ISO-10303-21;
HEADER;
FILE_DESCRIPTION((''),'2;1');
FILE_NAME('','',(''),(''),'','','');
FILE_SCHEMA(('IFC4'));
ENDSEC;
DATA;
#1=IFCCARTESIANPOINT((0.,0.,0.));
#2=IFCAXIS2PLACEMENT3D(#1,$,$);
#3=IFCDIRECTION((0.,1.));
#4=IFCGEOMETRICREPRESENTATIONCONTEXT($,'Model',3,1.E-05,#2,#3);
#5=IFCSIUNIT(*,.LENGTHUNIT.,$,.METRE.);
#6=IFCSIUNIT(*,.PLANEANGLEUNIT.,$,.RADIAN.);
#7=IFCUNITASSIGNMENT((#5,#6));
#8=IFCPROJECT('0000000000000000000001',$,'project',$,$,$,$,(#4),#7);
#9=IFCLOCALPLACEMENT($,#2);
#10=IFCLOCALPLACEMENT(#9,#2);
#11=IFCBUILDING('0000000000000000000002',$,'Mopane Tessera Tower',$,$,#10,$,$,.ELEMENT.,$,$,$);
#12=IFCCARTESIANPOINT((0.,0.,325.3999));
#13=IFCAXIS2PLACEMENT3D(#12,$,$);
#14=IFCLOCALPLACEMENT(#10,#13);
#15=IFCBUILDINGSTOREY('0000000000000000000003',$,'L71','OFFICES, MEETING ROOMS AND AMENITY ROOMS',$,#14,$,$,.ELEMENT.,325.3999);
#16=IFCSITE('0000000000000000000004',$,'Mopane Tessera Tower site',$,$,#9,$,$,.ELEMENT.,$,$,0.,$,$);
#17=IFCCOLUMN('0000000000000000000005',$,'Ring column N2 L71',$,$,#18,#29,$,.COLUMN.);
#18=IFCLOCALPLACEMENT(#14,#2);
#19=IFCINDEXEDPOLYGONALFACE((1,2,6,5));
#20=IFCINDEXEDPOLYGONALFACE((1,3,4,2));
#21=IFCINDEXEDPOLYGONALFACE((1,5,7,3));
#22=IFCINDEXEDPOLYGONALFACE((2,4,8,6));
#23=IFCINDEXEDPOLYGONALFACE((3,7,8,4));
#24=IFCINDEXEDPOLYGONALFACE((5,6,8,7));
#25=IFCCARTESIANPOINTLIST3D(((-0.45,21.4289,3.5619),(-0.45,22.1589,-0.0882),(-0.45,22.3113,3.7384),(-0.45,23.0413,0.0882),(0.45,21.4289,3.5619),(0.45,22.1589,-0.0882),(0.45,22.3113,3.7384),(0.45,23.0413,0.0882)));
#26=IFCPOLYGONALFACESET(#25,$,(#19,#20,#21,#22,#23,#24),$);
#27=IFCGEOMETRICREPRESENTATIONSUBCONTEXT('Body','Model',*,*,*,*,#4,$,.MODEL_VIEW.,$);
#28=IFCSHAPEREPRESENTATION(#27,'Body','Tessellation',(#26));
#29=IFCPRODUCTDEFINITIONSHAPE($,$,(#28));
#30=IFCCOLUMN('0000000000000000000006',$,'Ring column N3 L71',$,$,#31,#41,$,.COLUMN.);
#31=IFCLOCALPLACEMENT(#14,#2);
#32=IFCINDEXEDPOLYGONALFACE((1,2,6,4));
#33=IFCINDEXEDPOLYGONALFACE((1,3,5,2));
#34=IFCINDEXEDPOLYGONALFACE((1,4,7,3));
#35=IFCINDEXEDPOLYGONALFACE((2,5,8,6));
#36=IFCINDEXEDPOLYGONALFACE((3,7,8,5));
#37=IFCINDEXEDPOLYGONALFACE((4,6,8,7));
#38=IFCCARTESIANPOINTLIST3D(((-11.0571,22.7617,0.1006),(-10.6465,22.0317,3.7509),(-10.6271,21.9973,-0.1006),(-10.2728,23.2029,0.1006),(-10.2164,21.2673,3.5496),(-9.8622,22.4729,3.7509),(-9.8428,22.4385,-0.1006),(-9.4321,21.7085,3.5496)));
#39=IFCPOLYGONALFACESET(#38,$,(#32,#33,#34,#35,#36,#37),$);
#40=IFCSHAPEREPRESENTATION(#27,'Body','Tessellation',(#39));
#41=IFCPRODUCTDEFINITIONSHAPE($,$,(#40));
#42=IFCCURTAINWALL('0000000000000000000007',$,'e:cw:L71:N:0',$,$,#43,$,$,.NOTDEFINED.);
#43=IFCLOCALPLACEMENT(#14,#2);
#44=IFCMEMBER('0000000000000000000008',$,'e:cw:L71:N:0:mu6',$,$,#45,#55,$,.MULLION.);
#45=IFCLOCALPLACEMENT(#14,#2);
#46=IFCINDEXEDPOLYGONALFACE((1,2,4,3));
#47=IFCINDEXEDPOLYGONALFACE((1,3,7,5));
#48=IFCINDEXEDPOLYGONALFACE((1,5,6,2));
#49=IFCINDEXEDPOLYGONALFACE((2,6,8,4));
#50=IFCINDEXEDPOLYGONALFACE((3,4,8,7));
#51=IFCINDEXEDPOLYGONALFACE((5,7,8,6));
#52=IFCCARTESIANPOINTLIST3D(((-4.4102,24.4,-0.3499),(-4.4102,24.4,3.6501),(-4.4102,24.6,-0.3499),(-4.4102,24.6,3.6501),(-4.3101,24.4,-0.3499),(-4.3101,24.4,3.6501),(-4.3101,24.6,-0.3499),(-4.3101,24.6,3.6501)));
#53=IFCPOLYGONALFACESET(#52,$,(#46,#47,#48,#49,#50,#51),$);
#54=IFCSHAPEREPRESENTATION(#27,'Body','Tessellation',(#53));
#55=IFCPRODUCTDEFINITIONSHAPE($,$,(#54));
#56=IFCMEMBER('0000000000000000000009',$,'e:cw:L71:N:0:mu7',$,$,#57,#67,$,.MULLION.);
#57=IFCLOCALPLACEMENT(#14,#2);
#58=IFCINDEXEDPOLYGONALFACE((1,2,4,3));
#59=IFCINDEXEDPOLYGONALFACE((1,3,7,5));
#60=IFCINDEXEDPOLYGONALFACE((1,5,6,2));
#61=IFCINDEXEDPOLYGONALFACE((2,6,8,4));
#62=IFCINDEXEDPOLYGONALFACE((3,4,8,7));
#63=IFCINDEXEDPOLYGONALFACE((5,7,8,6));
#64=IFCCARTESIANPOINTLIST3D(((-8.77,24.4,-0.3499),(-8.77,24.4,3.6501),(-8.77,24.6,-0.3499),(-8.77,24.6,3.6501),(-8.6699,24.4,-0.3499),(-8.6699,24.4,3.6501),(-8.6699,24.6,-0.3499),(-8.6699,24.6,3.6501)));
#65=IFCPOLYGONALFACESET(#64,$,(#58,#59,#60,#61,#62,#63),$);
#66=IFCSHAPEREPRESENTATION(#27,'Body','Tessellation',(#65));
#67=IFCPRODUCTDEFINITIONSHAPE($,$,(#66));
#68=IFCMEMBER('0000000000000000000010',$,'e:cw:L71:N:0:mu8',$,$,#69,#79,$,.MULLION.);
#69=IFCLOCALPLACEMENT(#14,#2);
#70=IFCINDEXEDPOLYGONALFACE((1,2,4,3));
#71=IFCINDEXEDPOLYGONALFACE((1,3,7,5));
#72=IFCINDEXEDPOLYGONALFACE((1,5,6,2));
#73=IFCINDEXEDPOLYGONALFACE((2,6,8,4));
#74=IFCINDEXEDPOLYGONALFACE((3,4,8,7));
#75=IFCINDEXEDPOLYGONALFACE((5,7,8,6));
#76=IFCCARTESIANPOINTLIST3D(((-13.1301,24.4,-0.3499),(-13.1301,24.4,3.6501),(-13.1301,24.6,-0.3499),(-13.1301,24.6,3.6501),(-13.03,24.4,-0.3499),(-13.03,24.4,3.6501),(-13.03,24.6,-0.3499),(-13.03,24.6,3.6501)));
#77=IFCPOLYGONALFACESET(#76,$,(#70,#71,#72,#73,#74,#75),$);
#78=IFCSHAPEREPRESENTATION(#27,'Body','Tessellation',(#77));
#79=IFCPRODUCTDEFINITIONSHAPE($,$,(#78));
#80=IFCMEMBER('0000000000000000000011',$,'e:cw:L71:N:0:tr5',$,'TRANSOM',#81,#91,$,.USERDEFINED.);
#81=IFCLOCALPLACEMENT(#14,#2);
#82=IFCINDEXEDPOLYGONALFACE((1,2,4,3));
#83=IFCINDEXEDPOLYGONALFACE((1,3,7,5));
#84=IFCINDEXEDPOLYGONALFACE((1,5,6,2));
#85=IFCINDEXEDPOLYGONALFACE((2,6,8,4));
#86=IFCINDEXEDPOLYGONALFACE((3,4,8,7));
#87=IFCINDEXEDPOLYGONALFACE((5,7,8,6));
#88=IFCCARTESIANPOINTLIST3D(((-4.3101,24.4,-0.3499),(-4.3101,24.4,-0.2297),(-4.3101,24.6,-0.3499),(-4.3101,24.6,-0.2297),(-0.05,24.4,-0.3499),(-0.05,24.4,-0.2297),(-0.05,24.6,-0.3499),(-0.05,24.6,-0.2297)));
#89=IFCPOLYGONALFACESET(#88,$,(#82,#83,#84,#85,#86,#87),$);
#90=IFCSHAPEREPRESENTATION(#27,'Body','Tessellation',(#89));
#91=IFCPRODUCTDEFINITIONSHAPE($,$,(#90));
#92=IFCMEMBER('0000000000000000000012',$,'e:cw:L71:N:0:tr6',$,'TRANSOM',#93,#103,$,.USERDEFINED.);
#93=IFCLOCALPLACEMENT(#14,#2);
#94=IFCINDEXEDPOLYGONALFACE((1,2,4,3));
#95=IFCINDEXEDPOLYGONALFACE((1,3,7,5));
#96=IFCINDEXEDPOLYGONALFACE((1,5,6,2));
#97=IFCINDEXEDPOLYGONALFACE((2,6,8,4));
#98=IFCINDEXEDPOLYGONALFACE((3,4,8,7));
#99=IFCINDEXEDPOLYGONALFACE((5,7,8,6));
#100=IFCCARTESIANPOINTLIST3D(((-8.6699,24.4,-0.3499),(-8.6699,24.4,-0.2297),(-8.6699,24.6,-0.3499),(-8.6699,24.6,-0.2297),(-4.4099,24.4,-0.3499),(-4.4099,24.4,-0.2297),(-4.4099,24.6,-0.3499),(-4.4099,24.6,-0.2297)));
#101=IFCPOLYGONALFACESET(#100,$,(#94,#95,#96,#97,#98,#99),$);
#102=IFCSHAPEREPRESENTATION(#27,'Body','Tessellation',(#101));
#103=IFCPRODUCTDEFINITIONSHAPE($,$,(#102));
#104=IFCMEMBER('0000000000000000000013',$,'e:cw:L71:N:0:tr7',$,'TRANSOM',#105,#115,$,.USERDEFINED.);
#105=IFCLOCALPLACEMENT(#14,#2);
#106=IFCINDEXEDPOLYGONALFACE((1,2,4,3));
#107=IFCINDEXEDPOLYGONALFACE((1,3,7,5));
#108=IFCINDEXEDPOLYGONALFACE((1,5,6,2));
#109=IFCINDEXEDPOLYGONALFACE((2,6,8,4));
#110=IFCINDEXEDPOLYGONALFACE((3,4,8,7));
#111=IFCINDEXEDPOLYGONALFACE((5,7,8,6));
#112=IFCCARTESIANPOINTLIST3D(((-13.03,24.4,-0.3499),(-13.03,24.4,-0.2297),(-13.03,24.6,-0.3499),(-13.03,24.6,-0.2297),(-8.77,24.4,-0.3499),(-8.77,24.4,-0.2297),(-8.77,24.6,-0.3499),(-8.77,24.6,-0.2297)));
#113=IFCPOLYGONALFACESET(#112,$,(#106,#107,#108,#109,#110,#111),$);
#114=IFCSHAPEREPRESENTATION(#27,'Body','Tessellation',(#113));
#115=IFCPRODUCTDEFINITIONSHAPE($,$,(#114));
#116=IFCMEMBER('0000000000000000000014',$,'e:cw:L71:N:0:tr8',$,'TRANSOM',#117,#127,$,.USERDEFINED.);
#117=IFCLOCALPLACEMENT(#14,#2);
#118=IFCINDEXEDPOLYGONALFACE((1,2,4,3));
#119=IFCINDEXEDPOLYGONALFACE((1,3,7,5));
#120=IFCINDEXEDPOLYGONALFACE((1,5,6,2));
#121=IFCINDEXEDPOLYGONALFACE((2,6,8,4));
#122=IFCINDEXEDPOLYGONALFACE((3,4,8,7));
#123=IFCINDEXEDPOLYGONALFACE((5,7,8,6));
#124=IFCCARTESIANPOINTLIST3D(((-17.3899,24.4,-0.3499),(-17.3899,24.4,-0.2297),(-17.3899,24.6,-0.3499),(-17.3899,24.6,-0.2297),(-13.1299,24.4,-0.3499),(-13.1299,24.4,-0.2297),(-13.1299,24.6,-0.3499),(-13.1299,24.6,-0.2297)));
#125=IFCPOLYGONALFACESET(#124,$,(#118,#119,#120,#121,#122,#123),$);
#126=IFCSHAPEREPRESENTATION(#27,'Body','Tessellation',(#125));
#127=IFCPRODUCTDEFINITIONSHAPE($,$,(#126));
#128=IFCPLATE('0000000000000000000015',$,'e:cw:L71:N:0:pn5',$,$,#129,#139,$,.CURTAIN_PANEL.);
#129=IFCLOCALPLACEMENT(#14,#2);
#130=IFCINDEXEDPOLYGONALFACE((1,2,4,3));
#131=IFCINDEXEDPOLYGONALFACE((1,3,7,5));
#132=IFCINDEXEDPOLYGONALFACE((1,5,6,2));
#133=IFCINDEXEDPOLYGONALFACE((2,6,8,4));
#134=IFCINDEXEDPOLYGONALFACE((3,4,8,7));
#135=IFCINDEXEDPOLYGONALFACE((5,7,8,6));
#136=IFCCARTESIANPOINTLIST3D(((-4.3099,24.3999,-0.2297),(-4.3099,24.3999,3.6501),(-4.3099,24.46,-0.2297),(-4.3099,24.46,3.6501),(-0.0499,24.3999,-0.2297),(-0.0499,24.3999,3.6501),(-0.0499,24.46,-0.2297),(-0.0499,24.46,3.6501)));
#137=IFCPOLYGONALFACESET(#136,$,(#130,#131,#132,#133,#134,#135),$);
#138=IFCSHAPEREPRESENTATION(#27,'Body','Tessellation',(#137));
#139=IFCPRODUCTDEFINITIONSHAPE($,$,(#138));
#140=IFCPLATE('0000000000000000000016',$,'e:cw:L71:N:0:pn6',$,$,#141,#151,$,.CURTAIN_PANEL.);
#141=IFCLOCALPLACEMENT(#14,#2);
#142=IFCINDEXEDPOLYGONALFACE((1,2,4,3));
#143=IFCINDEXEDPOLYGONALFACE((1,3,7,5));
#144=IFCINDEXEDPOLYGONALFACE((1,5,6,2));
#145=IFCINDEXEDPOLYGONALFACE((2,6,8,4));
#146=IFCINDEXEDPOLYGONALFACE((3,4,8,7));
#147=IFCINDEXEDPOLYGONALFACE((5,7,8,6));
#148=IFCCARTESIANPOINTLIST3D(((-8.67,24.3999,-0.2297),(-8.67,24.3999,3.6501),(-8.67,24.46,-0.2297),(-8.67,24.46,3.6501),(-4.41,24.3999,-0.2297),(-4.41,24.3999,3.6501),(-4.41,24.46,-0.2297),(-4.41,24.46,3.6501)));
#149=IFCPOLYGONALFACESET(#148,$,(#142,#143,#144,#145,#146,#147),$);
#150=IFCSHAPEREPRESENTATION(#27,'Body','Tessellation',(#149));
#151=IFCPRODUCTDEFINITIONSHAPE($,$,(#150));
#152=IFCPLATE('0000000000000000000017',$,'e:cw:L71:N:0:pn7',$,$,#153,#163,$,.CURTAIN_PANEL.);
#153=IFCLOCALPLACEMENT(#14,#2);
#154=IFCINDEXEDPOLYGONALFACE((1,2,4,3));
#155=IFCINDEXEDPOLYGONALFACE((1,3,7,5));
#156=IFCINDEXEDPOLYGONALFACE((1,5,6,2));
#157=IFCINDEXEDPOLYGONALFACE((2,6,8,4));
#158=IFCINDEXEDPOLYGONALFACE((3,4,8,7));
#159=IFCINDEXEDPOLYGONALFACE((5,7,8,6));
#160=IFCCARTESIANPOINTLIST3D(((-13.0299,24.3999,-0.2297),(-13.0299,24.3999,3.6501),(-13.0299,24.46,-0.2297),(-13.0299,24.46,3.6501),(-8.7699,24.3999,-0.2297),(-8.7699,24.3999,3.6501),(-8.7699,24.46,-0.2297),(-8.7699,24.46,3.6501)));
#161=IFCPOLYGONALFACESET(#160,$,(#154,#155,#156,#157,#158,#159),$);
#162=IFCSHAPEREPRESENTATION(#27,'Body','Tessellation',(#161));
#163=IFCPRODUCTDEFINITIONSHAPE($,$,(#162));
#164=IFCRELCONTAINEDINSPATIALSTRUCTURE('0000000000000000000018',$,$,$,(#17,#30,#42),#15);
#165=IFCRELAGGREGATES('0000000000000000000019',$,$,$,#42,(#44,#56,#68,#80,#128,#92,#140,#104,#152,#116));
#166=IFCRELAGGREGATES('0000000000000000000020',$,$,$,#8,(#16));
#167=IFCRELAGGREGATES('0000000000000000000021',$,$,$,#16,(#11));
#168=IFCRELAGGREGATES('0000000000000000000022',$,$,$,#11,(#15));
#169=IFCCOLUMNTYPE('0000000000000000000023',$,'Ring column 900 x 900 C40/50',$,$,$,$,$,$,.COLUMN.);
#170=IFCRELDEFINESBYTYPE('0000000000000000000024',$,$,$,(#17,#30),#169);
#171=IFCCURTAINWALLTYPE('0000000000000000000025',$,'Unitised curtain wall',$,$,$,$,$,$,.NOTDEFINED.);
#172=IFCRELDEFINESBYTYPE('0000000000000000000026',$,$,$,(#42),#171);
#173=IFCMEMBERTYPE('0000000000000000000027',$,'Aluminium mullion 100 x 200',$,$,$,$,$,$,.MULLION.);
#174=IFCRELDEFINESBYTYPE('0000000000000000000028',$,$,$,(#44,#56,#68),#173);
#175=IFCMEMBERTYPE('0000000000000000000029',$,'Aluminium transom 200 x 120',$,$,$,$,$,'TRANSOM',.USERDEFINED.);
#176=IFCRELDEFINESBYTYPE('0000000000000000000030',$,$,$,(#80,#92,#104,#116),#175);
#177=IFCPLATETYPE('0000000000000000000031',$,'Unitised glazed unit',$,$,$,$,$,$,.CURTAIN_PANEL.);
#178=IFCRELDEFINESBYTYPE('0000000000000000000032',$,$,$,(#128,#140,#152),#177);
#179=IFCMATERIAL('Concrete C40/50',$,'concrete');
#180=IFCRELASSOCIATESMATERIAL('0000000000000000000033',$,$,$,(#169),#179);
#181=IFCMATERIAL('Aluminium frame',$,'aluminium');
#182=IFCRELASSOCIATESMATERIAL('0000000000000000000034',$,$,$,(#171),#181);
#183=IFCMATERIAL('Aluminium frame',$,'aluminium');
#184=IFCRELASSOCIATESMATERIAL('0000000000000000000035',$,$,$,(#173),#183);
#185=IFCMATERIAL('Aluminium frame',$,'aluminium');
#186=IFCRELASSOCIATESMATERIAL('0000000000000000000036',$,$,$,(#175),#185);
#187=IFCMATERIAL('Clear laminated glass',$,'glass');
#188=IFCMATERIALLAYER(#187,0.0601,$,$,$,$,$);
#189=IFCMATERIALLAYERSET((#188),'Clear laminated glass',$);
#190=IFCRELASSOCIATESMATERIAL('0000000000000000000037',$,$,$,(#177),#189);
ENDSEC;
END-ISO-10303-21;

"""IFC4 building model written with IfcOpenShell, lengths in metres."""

from ifc_helpers import new_model, si_unit, direction, frame, origin, origin_2d, place, context, subcontext, project, spatial, rectangle, extrude, material, layer, layer_set, material_profile, profile_set, type_object, element, aggregate, save


model = new_model("IFC4")

# Units and contexts
model_context = context("Model", 3, precision=1e-05, world=origin(), true_north=direction((0.0, 1.0)))
body_context = subcontext(model_context, "Body", "Model", "MODEL_VIEW")
ifc_project = project(units=[si_unit("LENGTHUNIT", "METRE"), si_unit("PLANEANGLEUNIT", "RADIAN")], contexts=[model_context])

# Site, building, storey
site_placement = place(None, origin())
site = spatial("IfcSite", under=ifc_project, at=site_placement, Name="Mopane Tessera Tower site", CompositionType="ELEMENT", RefElevation=0.0)
building_placement = place(site_placement, origin())
building = spatial("IfcBuilding", under=site, at=building_placement, Name="Mopane Tessera Tower", CompositionType="ELEMENT")
storey_placement = place(building_placement, frame((0.0, 0.0, 325.3999)))
storey = spatial("IfcBuildingStorey", under=building, at=storey_placement, Name="L71", Description="OFFICES, MEETING ROOMS AND AMENITY ROOMS", CompositionType="ELEMENT", Elevation=325.3999)

# Columns
ifc_material_1 = material(Name="Concrete C40/50", Category="concrete")
ifc_material_profile_1 = material_profile(ifc_material_1, rectangle(XDim=0.8999, YDim=0.8999, at=origin_2d()))
ifc_profile_set_1 = profile_set([ifc_material_profile_1], Name="Concrete C40/50")
column_type = type_object("IfcColumnType", Name="Ring column 900 x 900 C40/50", PredefinedType="COLUMN", material=ifc_profile_set_1)
column_1_placement = place(storey_placement, frame((0.0, 22.6001, 0.0), z_axis=(0.0, -0.196104, 0.980583), x_axis=(1.0, 0.0, 0.0)))
element("IfcColumn", 1, at=column_1_placement, inside=storey, type_object=column_type, Name="Ring column N2 L71", PredefinedType="COLUMN", context=body_context, shape_type="SweptSolid", body=[
    extrude(rectangle(XDim=0.8999, YDim=0.8999, at=origin_2d()), origin(), (0.0, 0.0, 1.0), 3.7224),
])
column_2_placement = place(storey_placement, frame((-10.45, 22.6001, 0.0), z_axis=(0.109651, -0.194921, 0.97467), x_axis=(0.87156, 0.490289, 0.0)))
element("IfcColumn", 2, at=column_2_placement, inside=storey, type_object=column_type, Name="Ring column N3 L71", PredefinedType="COLUMN", context=body_context, shape_type="SweptSolid", body=[
    extrude(rectangle(XDim=0.8999, YDim=0.8999, at=origin_2d()), origin(), (0.0, 0.0, 1.0), 3.7451),
])

# Curtain wall, members, plates
ifc_material_2 = material(Name="Aluminium frame", Category="aluminium")
curtain_wall_type = type_object("IfcCurtainWallType", Name="Unitised curtain wall", PredefinedType="NOTDEFINED", material=ifc_material_2)
curtain_wall_placement = place(storey_placement, origin())
curtain_wall = element("IfcCurtainWall", 3, at=curtain_wall_placement, inside=storey, type_object=curtain_wall_type, Name="e:cw:L71:N:0", PredefinedType="NOTDEFINED")
ifc_material_3 = material(Name="Aluminium frame", Category="aluminium")
ifc_material_profile_2 = material_profile(ifc_material_3, rectangle(XDim=0.1001, YDim=0.2, at=origin_2d()))
ifc_profile_set_2 = profile_set([ifc_material_profile_2], Name="Aluminium frame")
member_type_1 = type_object("IfcMemberType", Name="Aluminium mullion 100 x 200", PredefinedType="MULLION", material=ifc_profile_set_2)
member_1_placement = place(storey_placement, frame((-4.3601, 24.5, -0.3499), z_axis=(0.0, 0.0, 1.0), x_axis=(-1.0, 0.0, 0.0)))
member_1 = element("IfcMember", 4, at=member_1_placement, type_object=member_type_1, Name="e:cw:L71:N:0:mu6", PredefinedType="MULLION", context=body_context, shape_type="SweptSolid", body=[
    extrude(rectangle(XDim=0.1001, YDim=0.2, at=origin_2d()), origin(), (0.0, 0.0, 1.0), 4.0),
])
member_2_placement = place(storey_placement, frame((-8.72, 24.5, -0.3499), z_axis=(0.0, 0.0, 1.0), x_axis=(-1.0, 0.0, 0.0)))
member_2 = element("IfcMember", 5, at=member_2_placement, type_object=member_type_1, Name="e:cw:L71:N:0:mu7", PredefinedType="MULLION", context=body_context, shape_type="SweptSolid", body=[
    extrude(rectangle(XDim=0.1001, YDim=0.2, at=origin_2d()), origin(), (0.0, 0.0, 1.0), 4.0),
])
member_3_placement = place(storey_placement, frame((-13.0801, 24.5, -0.3499), z_axis=(0.0, 0.0, 1.0), x_axis=(-1.0, 0.0, 0.0)))
member_3 = element("IfcMember", 6, at=member_3_placement, type_object=member_type_1, Name="e:cw:L71:N:0:mu8", PredefinedType="MULLION", context=body_context, shape_type="SweptSolid", body=[
    extrude(rectangle(XDim=0.1001, YDim=0.2, at=origin_2d()), origin(), (0.0, 0.0, 1.0), 4.0),
])
ifc_material_4 = material(Name="Aluminium frame", Category="aluminium")
ifc_material_profile_3 = material_profile(ifc_material_4, rectangle(XDim=0.2, YDim=0.1201, at=origin_2d()))
ifc_profile_set_3 = profile_set([ifc_material_profile_3], Name="Aluminium frame")
member_type_2 = type_object("IfcMemberType", Name="Aluminium transom 200 x 120", ElementType="TRANSOM", PredefinedType="USERDEFINED", material=ifc_profile_set_3)
member_4_placement = place(storey_placement, frame((-0.05, 24.5, -0.2898), z_axis=(-1.0, 0.0, 0.0), x_axis=(0.0, -1.0, 0.0)))
member_4 = element("IfcMember", 7, at=member_4_placement, type_object=member_type_2, Name="e:cw:L71:N:0:tr5", ObjectType="TRANSOM", PredefinedType="USERDEFINED", context=body_context, shape_type="SweptSolid", body=[
    extrude(rectangle(XDim=0.2, YDim=0.1201, at=origin_2d()), origin(), (0.0, 0.0, 1.0), 4.26),
])
member_5_placement = place(storey_placement, frame((-4.4099, 24.5, -0.2898), z_axis=(-1.0, 0.0, 0.0), x_axis=(0.0, -1.0, 0.0)))
member_5 = element("IfcMember", 8, at=member_5_placement, type_object=member_type_2, Name="e:cw:L71:N:0:tr6", ObjectType="TRANSOM", PredefinedType="USERDEFINED", context=body_context, shape_type="SweptSolid", body=[
    extrude(rectangle(XDim=0.2, YDim=0.1201, at=origin_2d()), origin(), (0.0, 0.0, 1.0), 4.26),
])
member_6_placement = place(storey_placement, frame((-8.77, 24.5, -0.2898), z_axis=(-1.0, 0.0, 0.0), x_axis=(0.0, -1.0, 0.0)))
member_6 = element("IfcMember", 9, at=member_6_placement, type_object=member_type_2, Name="e:cw:L71:N:0:tr7", ObjectType="TRANSOM", PredefinedType="USERDEFINED", context=body_context, shape_type="SweptSolid", body=[
    extrude(rectangle(XDim=0.2, YDim=0.1201, at=origin_2d()), origin(), (0.0, 0.0, 1.0), 4.26),
])
member_7_placement = place(storey_placement, frame((-13.1299, 24.5, -0.2898), z_axis=(-1.0, 0.0, 0.0), x_axis=(0.0, -1.0, 0.0)))
member_7 = element("IfcMember", 10, at=member_7_placement, type_object=member_type_2, Name="e:cw:L71:N:0:tr8", ObjectType="TRANSOM", PredefinedType="USERDEFINED", context=body_context, shape_type="SweptSolid", body=[
    extrude(rectangle(XDim=0.2, YDim=0.1201, at=origin_2d()), origin(), (0.0, 0.0, 1.0), 4.26),
])
ifc_material_5 = material(Name="Clear laminated glass", Category="glass")
ifc_layer_1 = layer(ifc_material_5, 0.0601)
ifc_layer_set_1 = layer_set([ifc_layer_1], Name="Clear laminated glass")
plate_type = type_object("IfcPlateType", Name="Unitised glazed unit", PredefinedType="CURTAIN_PANEL", material=ifc_layer_set_1)
plate_1_placement = place(storey_placement, frame((-2.1799, 24.4299, -0.2297), z_axis=(0.0, 0.0, 1.0), x_axis=(-1.0, 0.0, 0.0)))
plate_1 = element("IfcPlate", 11, at=plate_1_placement, type_object=plate_type, Name="e:cw:L71:N:0:pn5", PredefinedType="CURTAIN_PANEL", context=body_context, shape_type="SweptSolid", body=[
    extrude(rectangle(XDim=4.26, YDim=0.0601, at=origin_2d()), origin(), (0.0, 0.0, 1.0), 3.8799),
])
plate_2_placement = place(storey_placement, frame((-6.54, 24.4299, -0.2297), z_axis=(0.0, 0.0, 1.0), x_axis=(-1.0, 0.0, 0.0)))
plate_2 = element("IfcPlate", 12, at=plate_2_placement, type_object=plate_type, Name="e:cw:L71:N:0:pn6", PredefinedType="CURTAIN_PANEL", context=body_context, shape_type="SweptSolid", body=[
    extrude(rectangle(XDim=4.26, YDim=0.0601, at=origin_2d()), origin(), (0.0, 0.0, 1.0), 3.8799),
])
plate_3_placement = place(storey_placement, frame((-10.8999, 24.4299, -0.2297), z_axis=(0.0, 0.0, 1.0), x_axis=(-1.0, 0.0, 0.0)))
plate_3 = element("IfcPlate", 13, at=plate_3_placement, type_object=plate_type, Name="e:cw:L71:N:0:pn7", PredefinedType="CURTAIN_PANEL", context=body_context, shape_type="SweptSolid", body=[
    extrude(rectangle(XDim=4.26, YDim=0.0601, at=origin_2d()), origin(), (0.0, 0.0, 1.0), 3.8799),
])
aggregate(curtain_wall, [member_1, member_2, member_3, member_4, plate_1, member_5, plate_2, member_6, plate_3, member_7])

save(model, "model.ifc")
